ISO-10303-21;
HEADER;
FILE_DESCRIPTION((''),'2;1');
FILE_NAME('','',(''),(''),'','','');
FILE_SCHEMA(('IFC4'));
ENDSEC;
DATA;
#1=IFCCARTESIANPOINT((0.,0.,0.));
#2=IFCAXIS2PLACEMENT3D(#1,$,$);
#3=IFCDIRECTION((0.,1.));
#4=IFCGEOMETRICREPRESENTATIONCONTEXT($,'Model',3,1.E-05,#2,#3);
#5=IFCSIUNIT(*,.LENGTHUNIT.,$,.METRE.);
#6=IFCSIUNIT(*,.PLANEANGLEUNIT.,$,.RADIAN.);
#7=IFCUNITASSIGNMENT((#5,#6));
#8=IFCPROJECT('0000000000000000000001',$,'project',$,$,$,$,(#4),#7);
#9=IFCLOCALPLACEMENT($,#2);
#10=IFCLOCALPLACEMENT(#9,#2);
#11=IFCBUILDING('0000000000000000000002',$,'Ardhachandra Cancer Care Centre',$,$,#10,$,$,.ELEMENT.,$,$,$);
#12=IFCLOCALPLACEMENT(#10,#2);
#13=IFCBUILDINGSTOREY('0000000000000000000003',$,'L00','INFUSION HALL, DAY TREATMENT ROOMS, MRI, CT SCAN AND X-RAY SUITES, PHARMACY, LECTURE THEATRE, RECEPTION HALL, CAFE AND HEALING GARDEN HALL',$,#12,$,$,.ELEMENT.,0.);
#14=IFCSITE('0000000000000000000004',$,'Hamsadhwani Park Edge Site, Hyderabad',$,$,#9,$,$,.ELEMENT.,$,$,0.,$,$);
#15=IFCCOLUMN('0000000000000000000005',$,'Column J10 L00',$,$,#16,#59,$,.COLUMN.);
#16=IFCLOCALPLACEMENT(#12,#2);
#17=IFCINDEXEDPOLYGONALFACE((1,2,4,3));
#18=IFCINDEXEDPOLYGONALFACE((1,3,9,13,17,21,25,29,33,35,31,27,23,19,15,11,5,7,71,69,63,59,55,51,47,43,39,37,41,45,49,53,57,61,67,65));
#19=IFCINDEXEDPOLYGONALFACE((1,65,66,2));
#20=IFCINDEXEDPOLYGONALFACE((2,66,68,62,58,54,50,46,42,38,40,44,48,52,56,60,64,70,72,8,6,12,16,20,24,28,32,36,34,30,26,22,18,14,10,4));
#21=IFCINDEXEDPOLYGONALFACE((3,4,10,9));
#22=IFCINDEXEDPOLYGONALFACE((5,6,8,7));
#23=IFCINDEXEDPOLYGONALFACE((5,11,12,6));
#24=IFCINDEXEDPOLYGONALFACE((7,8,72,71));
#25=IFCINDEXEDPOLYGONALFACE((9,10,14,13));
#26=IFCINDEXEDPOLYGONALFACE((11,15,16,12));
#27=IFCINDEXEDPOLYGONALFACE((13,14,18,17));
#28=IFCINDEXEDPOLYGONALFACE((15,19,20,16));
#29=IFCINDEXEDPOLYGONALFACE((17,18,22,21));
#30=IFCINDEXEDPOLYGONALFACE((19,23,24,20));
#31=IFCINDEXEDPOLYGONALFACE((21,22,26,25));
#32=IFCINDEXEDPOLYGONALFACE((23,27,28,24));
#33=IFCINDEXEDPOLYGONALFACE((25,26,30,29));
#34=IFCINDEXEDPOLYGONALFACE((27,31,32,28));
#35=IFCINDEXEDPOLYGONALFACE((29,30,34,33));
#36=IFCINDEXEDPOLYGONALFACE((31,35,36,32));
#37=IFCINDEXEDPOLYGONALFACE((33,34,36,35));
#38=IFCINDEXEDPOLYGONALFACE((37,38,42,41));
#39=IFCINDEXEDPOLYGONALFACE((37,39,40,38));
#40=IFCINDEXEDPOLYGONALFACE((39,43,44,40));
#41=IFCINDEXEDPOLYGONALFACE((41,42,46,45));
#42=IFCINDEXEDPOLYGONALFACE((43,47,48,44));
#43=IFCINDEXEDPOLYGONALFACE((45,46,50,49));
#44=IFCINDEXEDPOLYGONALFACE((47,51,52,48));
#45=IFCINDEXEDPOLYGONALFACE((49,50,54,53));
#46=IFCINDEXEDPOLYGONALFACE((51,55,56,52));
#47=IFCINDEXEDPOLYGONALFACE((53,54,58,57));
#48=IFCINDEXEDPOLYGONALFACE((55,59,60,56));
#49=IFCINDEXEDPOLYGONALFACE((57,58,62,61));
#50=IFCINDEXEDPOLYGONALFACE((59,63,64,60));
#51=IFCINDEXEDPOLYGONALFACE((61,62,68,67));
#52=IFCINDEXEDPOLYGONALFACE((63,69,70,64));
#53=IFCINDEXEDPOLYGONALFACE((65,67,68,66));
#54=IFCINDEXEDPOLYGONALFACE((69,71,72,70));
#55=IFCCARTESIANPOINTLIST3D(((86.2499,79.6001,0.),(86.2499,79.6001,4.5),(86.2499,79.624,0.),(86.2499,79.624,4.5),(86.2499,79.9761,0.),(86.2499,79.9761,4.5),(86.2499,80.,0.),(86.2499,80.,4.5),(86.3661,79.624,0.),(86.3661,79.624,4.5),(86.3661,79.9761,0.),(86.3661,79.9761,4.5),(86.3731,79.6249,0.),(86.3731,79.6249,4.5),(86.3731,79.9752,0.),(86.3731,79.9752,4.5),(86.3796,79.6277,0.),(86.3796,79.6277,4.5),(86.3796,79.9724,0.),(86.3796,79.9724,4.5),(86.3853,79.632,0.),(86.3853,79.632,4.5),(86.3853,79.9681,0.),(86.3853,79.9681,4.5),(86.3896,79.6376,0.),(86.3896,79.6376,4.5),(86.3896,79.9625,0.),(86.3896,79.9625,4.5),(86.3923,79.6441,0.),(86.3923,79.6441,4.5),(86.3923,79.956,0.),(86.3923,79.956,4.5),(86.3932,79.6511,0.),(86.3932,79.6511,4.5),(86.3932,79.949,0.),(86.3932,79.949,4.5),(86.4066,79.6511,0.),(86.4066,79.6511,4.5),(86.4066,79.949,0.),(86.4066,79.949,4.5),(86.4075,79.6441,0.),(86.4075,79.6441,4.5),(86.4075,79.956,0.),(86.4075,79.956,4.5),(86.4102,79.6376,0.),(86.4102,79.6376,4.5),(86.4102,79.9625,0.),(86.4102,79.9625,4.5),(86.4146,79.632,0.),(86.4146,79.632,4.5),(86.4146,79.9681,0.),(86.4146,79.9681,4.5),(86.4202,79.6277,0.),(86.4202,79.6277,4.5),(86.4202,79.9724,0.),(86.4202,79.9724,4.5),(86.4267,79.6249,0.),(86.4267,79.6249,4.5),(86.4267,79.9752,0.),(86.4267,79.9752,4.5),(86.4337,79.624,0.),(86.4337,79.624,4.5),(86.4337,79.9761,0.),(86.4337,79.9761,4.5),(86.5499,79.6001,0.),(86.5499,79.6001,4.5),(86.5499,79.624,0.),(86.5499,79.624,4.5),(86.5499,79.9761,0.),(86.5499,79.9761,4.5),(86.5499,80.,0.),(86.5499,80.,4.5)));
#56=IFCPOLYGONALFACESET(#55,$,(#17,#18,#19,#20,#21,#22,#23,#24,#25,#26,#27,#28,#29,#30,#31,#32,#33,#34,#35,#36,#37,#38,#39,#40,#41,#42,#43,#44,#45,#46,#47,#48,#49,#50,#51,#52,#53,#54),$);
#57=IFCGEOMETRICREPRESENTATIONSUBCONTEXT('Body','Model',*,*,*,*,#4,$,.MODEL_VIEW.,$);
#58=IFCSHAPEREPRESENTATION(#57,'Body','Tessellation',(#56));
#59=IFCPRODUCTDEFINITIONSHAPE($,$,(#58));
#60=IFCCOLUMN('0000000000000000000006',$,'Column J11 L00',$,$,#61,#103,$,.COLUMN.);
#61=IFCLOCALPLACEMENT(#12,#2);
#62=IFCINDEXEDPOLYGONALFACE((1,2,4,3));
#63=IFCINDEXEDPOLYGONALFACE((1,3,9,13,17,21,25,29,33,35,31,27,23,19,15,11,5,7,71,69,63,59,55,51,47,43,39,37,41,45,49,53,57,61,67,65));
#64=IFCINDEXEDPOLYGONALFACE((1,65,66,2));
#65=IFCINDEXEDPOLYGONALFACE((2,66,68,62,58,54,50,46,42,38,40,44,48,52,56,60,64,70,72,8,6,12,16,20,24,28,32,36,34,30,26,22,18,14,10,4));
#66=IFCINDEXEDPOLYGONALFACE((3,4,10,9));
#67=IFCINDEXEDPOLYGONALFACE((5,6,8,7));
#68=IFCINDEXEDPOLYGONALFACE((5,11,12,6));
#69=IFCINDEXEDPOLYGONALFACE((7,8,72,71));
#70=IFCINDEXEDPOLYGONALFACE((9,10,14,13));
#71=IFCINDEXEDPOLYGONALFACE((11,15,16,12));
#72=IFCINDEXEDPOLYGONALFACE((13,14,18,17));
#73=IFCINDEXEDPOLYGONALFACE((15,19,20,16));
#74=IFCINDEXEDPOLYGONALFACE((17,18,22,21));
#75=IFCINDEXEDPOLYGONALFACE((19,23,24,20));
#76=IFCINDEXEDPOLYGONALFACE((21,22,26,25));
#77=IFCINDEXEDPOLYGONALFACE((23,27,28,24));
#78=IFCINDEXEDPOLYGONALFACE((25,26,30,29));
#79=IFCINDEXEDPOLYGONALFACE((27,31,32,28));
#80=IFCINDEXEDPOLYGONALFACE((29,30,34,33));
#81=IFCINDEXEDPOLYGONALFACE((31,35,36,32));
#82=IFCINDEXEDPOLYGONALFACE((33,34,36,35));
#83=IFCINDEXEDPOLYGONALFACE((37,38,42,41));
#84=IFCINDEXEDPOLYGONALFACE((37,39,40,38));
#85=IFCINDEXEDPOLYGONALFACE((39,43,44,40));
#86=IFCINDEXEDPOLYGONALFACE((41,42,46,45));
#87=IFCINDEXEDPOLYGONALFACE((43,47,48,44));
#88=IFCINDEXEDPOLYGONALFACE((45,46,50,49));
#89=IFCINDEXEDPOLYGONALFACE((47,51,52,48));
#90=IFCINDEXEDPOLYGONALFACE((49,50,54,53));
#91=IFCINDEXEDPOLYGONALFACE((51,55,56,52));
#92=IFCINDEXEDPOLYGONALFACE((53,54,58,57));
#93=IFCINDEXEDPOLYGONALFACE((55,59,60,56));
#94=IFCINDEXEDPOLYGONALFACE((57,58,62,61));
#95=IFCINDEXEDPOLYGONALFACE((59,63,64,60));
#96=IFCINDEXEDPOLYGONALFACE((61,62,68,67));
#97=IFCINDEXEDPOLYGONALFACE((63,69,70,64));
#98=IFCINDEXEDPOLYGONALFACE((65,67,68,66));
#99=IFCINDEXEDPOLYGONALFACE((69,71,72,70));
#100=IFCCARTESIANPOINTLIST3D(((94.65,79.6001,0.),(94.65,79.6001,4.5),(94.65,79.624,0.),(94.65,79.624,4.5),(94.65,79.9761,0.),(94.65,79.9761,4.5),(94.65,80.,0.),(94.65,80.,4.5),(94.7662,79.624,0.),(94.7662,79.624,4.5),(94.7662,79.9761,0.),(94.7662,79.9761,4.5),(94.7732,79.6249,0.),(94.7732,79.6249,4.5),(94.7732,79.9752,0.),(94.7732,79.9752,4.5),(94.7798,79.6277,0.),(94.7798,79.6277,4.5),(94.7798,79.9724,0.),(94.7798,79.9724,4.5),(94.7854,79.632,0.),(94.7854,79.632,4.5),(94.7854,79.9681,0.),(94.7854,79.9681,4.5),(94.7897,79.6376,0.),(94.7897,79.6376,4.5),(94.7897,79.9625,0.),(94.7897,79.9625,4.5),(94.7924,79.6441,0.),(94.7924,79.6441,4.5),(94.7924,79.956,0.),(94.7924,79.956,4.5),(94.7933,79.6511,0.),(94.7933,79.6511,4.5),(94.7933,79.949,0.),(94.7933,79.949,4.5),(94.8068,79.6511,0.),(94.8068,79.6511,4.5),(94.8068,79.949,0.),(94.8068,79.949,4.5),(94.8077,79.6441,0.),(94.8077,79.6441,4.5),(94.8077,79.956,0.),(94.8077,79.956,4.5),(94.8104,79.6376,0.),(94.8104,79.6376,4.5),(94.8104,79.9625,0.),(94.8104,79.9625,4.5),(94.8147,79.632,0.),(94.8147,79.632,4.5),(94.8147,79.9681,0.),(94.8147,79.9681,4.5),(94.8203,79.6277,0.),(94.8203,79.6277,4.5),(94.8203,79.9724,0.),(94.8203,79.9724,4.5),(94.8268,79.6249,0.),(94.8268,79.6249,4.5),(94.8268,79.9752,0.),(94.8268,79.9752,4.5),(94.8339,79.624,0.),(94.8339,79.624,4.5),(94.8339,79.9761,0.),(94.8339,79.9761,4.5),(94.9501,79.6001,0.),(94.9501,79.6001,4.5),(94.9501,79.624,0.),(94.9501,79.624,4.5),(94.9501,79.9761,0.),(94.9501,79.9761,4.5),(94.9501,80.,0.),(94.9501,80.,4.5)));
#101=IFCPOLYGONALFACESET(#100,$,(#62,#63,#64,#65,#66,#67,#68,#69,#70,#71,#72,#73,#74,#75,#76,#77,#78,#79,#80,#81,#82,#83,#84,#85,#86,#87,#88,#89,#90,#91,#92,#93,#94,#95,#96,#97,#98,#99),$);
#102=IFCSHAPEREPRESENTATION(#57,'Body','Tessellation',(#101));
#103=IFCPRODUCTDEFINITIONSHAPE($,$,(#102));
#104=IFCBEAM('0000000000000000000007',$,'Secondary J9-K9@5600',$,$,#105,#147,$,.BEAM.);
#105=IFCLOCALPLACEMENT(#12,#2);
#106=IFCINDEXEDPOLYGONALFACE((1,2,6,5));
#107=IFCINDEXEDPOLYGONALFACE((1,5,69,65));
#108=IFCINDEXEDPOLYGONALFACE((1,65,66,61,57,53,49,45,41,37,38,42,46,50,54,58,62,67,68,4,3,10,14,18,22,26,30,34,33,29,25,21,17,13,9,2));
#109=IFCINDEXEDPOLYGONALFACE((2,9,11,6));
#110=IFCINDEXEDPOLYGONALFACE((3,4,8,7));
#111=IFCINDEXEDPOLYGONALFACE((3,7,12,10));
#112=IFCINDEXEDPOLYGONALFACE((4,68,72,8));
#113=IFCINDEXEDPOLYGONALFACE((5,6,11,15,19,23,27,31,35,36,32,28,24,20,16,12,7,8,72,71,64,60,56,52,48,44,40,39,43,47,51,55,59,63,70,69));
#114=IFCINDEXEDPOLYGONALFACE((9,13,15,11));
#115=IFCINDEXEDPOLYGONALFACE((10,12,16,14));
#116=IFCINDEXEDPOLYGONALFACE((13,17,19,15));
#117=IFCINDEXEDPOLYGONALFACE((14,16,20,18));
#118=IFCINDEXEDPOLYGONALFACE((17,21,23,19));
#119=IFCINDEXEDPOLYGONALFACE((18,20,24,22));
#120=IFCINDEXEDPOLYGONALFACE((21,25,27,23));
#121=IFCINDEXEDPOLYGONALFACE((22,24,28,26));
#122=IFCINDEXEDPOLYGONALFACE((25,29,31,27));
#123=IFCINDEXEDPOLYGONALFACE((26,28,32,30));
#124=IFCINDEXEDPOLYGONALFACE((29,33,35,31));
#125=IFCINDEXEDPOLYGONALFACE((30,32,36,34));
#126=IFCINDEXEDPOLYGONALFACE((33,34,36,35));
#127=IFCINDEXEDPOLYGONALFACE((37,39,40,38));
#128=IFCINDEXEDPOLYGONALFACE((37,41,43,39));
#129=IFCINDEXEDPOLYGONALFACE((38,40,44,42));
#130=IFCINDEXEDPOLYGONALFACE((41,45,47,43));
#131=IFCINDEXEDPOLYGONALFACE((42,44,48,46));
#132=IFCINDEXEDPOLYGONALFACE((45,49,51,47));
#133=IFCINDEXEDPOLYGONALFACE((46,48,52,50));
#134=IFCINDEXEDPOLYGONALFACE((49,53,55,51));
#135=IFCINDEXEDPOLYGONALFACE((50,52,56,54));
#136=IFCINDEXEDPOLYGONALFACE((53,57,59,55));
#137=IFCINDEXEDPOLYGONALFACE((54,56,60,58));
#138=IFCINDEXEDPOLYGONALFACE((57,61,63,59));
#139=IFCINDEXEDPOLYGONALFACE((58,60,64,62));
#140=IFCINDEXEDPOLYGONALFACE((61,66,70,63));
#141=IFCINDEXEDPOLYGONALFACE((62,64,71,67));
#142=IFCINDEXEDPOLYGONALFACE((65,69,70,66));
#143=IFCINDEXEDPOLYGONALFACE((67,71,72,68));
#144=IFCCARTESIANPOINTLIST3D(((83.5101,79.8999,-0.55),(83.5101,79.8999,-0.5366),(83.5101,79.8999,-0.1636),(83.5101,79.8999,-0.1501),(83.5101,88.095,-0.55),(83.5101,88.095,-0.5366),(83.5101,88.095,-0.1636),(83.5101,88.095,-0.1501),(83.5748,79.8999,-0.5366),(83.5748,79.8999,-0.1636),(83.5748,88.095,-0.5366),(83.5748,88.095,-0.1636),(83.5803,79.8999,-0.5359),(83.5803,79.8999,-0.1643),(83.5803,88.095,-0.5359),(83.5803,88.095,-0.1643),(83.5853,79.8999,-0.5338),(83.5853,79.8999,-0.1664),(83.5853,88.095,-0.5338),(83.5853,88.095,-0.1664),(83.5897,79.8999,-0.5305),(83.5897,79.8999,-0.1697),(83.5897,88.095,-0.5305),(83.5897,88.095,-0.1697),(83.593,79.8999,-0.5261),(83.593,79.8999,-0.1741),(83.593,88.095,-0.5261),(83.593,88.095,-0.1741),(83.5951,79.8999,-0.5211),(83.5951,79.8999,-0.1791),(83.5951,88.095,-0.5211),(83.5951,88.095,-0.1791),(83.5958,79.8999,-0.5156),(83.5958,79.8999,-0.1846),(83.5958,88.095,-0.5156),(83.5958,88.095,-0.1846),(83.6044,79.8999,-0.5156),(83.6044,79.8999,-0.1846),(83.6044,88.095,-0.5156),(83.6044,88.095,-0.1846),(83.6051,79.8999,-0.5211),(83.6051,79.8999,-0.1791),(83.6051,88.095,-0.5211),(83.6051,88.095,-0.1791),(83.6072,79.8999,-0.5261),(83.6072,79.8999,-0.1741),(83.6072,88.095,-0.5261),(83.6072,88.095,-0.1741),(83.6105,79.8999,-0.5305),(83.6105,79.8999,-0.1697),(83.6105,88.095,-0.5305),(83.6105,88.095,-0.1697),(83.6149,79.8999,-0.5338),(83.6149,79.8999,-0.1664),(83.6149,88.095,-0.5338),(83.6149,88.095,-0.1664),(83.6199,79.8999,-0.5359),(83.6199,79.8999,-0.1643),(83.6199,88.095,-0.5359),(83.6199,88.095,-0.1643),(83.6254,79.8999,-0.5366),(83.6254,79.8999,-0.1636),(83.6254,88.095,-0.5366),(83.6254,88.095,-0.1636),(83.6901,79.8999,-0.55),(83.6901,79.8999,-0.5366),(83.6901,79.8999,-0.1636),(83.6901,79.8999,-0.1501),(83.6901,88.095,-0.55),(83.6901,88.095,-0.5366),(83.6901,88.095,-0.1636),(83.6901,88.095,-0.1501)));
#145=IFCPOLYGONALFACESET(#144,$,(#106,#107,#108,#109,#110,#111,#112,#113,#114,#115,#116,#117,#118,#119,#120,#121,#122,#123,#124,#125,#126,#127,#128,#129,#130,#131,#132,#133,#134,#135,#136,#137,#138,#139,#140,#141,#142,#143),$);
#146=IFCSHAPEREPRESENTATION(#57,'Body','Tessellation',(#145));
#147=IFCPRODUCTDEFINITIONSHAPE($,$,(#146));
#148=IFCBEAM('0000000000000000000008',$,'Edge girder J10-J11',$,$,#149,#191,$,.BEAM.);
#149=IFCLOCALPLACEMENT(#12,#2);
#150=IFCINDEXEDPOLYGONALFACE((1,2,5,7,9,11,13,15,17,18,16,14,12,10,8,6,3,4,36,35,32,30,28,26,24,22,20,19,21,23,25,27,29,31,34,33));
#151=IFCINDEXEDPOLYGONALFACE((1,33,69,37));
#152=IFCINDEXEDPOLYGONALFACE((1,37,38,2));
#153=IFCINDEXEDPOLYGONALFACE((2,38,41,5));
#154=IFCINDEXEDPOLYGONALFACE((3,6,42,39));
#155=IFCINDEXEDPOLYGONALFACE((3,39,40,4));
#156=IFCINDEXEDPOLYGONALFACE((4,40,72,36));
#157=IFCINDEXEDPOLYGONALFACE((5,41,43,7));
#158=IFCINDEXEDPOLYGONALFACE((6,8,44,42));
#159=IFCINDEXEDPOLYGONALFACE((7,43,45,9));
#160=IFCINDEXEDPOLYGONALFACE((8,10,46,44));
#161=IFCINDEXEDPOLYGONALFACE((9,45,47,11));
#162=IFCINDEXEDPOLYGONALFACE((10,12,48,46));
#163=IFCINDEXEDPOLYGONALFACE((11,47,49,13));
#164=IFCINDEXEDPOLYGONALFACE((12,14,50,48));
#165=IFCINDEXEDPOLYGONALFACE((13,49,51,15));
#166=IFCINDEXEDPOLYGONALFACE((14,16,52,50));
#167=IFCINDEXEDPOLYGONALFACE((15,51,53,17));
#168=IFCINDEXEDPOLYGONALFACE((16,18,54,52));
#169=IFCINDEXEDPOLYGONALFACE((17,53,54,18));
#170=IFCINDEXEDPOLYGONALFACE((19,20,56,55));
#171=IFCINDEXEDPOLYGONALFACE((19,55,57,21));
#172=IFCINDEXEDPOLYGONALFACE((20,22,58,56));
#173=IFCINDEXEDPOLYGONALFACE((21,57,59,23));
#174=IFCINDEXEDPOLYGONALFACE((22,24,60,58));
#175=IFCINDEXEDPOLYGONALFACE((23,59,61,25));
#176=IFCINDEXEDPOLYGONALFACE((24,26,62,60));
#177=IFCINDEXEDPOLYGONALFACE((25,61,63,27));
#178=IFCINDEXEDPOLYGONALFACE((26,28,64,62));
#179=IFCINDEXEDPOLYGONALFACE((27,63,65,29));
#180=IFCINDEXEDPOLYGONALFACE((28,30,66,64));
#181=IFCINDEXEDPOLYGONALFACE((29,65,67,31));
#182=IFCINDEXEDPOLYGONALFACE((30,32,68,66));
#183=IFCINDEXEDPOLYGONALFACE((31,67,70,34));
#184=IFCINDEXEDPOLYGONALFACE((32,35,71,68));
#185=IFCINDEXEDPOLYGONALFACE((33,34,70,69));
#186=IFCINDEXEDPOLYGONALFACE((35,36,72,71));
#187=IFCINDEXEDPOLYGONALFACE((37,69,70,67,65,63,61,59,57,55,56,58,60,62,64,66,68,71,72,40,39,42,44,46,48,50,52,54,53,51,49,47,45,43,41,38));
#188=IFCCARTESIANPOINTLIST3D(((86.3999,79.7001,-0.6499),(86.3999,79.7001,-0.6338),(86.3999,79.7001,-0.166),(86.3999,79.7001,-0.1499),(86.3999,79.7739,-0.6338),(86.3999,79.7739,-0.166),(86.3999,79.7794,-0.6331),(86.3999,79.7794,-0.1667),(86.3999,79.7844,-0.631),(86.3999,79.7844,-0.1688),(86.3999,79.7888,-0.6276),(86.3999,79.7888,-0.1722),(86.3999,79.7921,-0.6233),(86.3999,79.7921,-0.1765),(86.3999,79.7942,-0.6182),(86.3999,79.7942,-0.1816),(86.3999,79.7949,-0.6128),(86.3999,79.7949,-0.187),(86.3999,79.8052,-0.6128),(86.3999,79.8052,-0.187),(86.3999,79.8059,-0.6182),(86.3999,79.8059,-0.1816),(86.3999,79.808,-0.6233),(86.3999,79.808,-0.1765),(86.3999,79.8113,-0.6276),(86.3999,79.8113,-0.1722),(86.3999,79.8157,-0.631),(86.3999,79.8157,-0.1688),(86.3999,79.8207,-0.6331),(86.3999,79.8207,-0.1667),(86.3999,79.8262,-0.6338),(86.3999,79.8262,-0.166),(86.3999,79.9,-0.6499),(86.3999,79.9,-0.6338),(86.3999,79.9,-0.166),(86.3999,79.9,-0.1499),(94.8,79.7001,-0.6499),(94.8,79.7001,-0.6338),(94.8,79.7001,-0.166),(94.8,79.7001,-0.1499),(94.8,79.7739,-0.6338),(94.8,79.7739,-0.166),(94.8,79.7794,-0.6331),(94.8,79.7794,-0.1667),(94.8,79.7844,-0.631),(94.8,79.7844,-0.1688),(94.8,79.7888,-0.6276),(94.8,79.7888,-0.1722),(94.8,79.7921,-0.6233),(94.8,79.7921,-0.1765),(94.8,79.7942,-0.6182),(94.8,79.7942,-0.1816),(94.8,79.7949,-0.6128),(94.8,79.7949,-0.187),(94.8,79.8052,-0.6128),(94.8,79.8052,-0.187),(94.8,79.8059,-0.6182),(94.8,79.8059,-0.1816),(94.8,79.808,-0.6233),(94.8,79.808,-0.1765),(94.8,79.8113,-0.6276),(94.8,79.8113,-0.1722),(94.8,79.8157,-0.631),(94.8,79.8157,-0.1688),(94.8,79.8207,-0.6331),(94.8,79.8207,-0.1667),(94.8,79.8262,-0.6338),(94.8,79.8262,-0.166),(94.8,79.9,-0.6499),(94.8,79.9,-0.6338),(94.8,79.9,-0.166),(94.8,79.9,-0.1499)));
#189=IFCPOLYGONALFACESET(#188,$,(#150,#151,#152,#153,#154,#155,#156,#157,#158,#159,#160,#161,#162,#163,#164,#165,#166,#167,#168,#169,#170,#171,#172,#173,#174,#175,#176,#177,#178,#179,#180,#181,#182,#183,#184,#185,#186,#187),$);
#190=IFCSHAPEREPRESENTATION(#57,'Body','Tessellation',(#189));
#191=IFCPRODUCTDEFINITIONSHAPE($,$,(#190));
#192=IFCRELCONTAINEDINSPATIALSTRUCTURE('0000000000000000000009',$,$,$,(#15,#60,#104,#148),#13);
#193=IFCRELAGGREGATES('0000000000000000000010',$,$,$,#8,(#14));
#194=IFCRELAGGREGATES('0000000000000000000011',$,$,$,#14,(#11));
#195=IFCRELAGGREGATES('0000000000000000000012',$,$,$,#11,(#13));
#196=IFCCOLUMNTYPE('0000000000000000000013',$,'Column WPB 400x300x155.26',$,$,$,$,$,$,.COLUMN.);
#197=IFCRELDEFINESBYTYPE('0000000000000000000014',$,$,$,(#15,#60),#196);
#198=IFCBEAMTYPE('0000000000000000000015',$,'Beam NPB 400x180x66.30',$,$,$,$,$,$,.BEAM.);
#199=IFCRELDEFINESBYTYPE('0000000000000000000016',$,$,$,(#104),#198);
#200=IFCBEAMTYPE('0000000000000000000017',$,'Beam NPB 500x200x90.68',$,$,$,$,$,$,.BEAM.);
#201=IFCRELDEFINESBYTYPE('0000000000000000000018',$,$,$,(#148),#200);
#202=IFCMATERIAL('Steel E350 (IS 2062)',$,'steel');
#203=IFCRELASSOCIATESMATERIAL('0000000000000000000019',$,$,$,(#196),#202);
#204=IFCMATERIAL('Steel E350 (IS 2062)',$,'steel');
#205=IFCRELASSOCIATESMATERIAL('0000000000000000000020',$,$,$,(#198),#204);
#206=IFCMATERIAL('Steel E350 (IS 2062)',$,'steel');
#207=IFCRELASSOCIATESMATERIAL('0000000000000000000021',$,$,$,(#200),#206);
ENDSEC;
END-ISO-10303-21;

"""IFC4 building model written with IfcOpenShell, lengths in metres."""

from ifc_helpers import new_model, si_unit, direction, frame, origin, origin_2d, place, context, subcontext, project, spatial, i_section, extrude, material, material_profile, profile_set, type_object, element, save


model = new_model("IFC4")

# Units and contexts
model_context = context("Model", 3, precision=1e-05, world=origin(), true_north=direction((0.0, 1.0)))
body_context = subcontext(model_context, "Body", "Model", "MODEL_VIEW")
ifc_project = project(units=[si_unit("LENGTHUNIT", "METRE"), si_unit("PLANEANGLEUNIT", "RADIAN")], contexts=[model_context])

# Site, building, storey
site_placement = place(None, origin())
site = spatial("IfcSite", under=ifc_project, at=site_placement, Name="Hamsadhwani Park Edge Site, Hyderabad", CompositionType="ELEMENT", RefElevation=0.0)
building_placement = place(site_placement, origin())
building = spatial("IfcBuilding", under=site, at=building_placement, Name="Ardhachandra Cancer Care Centre", CompositionType="ELEMENT")
storey_placement = place(building_placement, origin())
storey = spatial("IfcBuildingStorey", under=building, at=storey_placement, Name="L00", Description="INFUSION HALL, DAY TREATMENT ROOMS, MRI, CT SCAN AND X-RAY SUITES, PHARMACY, LECTURE THEATRE, RECEPTION HALL, CAFE AND HEALING GARDEN HALL", CompositionType="ELEMENT", Elevation=0.0)

# Columns
ifc_material_1 = material(Name="Steel E350 (IS 2062)", Category="steel")
ifc_material_profile_1 = material_profile(ifc_material_1, i_section(OverallWidth=0.3, OverallDepth=0.3999, WebThickness=0.0134, FlangeThickness=0.0239, FilletRadius=0.0271, at=origin_2d()), Name="WPB 400x300x155.26")
ifc_profile_set_1 = profile_set([ifc_material_profile_1], Name="Steel E350 (IS 2062)")
column_type = type_object("IfcColumnType", Name="Column WPB 400x300x155.26", PredefinedType="COLUMN", material=ifc_profile_set_1)
for number, where, z_axis, x_axis, name in (
    (1, (86.3999, 79.8, 0.0), (0.0, 0.0, 1.0), (1.0, 0.0, 0.0), "Column J10 L00"),
    (2, (94.8, 79.8, 0.0), (0.0, 0.0, 1.0), (1.0, 0.0, 0.0), "Column J11 L00"),
):
    element("IfcColumn", number, at=place(storey_placement, frame(where, z_axis=z_axis, x_axis=x_axis)), inside=storey, type_object=column_type, Name=name, PredefinedType="COLUMN", context=body_context, shape_type="SweptSolid", body=[
        extrude(i_section(OverallWidth=0.3, OverallDepth=0.3999, WebThickness=0.0134, FlangeThickness=0.0239, FilletRadius=0.0271, at=origin_2d()), origin(), (0.0, 0.0, 1.0), 4.5),
    ])

# Beams
ifc_material_2 = material(Name="Steel E350 (IS 2062)", Category="steel")
ifc_material_profile_2 = material_profile(ifc_material_2, i_section(OverallWidth=0.1799, OverallDepth=0.3999, WebThickness=0.0085, FlangeThickness=0.0134, FilletRadius=0.021, at=origin_2d()), Name="NPB 400x180x66.30")
ifc_profile_set_2 = profile_set([ifc_material_profile_2], Name="Steel E350 (IS 2062)")
beam_type_1 = type_object("IfcBeamType", Name="Beam NPB 400x180x66.30", PredefinedType="BEAM", material=ifc_profile_set_2)
beam_1_placement = place(storey_placement, frame((83.6001, 79.8999, -0.3501), z_axis=(0.0, 1.0, 0.0), x_axis=(-1.0, 0.0, 0.0)))
element("IfcBeam", 3, at=beam_1_placement, inside=storey, type_object=beam_type_1, Name="Secondary J9-K9@5600", PredefinedType="BEAM", context=body_context, shape_type="SweptSolid", body=[
    extrude(i_section(OverallWidth=0.1799, OverallDepth=0.3999, WebThickness=0.0085, FlangeThickness=0.0134, FilletRadius=0.021, at=origin_2d()), origin(), (0.0, 0.0, 1.0), 8.1951),
])
ifc_material_3 = material(Name="Steel E350 (IS 2062)", Category="steel")
ifc_material_profile_3 = material_profile(ifc_material_3, i_section(OverallWidth=0.2, OverallDepth=0.5, WebThickness=0.0103, FlangeThickness=0.0161, FilletRadius=0.021, at=origin_2d()), Name="NPB 500x200x90.68")
ifc_profile_set_3 = profile_set([ifc_material_profile_3], Name="Steel E350 (IS 2062)")
beam_type_2 = type_object("IfcBeamType", Name="Beam NPB 500x200x90.68", PredefinedType="BEAM", material=ifc_profile_set_3)
beam_2_placement = place(storey_placement, frame((86.3999, 79.8, -0.3999), z_axis=(1.0, 0.0, 0.0), x_axis=(0.0, 1.0, 0.0)))
element("IfcBeam", 4, at=beam_2_placement, inside=storey, type_object=beam_type_2, Name="Edge girder J10-J11", PredefinedType="BEAM", context=body_context, shape_type="SweptSolid", body=[
    extrude(i_section(OverallWidth=0.2, OverallDepth=0.5, WebThickness=0.0103, FlangeThickness=0.0161, FilletRadius=0.021, at=origin_2d()), origin(), (0.0, 0.0, 1.0), 8.4001),
])

save(model, "model.ifc")
